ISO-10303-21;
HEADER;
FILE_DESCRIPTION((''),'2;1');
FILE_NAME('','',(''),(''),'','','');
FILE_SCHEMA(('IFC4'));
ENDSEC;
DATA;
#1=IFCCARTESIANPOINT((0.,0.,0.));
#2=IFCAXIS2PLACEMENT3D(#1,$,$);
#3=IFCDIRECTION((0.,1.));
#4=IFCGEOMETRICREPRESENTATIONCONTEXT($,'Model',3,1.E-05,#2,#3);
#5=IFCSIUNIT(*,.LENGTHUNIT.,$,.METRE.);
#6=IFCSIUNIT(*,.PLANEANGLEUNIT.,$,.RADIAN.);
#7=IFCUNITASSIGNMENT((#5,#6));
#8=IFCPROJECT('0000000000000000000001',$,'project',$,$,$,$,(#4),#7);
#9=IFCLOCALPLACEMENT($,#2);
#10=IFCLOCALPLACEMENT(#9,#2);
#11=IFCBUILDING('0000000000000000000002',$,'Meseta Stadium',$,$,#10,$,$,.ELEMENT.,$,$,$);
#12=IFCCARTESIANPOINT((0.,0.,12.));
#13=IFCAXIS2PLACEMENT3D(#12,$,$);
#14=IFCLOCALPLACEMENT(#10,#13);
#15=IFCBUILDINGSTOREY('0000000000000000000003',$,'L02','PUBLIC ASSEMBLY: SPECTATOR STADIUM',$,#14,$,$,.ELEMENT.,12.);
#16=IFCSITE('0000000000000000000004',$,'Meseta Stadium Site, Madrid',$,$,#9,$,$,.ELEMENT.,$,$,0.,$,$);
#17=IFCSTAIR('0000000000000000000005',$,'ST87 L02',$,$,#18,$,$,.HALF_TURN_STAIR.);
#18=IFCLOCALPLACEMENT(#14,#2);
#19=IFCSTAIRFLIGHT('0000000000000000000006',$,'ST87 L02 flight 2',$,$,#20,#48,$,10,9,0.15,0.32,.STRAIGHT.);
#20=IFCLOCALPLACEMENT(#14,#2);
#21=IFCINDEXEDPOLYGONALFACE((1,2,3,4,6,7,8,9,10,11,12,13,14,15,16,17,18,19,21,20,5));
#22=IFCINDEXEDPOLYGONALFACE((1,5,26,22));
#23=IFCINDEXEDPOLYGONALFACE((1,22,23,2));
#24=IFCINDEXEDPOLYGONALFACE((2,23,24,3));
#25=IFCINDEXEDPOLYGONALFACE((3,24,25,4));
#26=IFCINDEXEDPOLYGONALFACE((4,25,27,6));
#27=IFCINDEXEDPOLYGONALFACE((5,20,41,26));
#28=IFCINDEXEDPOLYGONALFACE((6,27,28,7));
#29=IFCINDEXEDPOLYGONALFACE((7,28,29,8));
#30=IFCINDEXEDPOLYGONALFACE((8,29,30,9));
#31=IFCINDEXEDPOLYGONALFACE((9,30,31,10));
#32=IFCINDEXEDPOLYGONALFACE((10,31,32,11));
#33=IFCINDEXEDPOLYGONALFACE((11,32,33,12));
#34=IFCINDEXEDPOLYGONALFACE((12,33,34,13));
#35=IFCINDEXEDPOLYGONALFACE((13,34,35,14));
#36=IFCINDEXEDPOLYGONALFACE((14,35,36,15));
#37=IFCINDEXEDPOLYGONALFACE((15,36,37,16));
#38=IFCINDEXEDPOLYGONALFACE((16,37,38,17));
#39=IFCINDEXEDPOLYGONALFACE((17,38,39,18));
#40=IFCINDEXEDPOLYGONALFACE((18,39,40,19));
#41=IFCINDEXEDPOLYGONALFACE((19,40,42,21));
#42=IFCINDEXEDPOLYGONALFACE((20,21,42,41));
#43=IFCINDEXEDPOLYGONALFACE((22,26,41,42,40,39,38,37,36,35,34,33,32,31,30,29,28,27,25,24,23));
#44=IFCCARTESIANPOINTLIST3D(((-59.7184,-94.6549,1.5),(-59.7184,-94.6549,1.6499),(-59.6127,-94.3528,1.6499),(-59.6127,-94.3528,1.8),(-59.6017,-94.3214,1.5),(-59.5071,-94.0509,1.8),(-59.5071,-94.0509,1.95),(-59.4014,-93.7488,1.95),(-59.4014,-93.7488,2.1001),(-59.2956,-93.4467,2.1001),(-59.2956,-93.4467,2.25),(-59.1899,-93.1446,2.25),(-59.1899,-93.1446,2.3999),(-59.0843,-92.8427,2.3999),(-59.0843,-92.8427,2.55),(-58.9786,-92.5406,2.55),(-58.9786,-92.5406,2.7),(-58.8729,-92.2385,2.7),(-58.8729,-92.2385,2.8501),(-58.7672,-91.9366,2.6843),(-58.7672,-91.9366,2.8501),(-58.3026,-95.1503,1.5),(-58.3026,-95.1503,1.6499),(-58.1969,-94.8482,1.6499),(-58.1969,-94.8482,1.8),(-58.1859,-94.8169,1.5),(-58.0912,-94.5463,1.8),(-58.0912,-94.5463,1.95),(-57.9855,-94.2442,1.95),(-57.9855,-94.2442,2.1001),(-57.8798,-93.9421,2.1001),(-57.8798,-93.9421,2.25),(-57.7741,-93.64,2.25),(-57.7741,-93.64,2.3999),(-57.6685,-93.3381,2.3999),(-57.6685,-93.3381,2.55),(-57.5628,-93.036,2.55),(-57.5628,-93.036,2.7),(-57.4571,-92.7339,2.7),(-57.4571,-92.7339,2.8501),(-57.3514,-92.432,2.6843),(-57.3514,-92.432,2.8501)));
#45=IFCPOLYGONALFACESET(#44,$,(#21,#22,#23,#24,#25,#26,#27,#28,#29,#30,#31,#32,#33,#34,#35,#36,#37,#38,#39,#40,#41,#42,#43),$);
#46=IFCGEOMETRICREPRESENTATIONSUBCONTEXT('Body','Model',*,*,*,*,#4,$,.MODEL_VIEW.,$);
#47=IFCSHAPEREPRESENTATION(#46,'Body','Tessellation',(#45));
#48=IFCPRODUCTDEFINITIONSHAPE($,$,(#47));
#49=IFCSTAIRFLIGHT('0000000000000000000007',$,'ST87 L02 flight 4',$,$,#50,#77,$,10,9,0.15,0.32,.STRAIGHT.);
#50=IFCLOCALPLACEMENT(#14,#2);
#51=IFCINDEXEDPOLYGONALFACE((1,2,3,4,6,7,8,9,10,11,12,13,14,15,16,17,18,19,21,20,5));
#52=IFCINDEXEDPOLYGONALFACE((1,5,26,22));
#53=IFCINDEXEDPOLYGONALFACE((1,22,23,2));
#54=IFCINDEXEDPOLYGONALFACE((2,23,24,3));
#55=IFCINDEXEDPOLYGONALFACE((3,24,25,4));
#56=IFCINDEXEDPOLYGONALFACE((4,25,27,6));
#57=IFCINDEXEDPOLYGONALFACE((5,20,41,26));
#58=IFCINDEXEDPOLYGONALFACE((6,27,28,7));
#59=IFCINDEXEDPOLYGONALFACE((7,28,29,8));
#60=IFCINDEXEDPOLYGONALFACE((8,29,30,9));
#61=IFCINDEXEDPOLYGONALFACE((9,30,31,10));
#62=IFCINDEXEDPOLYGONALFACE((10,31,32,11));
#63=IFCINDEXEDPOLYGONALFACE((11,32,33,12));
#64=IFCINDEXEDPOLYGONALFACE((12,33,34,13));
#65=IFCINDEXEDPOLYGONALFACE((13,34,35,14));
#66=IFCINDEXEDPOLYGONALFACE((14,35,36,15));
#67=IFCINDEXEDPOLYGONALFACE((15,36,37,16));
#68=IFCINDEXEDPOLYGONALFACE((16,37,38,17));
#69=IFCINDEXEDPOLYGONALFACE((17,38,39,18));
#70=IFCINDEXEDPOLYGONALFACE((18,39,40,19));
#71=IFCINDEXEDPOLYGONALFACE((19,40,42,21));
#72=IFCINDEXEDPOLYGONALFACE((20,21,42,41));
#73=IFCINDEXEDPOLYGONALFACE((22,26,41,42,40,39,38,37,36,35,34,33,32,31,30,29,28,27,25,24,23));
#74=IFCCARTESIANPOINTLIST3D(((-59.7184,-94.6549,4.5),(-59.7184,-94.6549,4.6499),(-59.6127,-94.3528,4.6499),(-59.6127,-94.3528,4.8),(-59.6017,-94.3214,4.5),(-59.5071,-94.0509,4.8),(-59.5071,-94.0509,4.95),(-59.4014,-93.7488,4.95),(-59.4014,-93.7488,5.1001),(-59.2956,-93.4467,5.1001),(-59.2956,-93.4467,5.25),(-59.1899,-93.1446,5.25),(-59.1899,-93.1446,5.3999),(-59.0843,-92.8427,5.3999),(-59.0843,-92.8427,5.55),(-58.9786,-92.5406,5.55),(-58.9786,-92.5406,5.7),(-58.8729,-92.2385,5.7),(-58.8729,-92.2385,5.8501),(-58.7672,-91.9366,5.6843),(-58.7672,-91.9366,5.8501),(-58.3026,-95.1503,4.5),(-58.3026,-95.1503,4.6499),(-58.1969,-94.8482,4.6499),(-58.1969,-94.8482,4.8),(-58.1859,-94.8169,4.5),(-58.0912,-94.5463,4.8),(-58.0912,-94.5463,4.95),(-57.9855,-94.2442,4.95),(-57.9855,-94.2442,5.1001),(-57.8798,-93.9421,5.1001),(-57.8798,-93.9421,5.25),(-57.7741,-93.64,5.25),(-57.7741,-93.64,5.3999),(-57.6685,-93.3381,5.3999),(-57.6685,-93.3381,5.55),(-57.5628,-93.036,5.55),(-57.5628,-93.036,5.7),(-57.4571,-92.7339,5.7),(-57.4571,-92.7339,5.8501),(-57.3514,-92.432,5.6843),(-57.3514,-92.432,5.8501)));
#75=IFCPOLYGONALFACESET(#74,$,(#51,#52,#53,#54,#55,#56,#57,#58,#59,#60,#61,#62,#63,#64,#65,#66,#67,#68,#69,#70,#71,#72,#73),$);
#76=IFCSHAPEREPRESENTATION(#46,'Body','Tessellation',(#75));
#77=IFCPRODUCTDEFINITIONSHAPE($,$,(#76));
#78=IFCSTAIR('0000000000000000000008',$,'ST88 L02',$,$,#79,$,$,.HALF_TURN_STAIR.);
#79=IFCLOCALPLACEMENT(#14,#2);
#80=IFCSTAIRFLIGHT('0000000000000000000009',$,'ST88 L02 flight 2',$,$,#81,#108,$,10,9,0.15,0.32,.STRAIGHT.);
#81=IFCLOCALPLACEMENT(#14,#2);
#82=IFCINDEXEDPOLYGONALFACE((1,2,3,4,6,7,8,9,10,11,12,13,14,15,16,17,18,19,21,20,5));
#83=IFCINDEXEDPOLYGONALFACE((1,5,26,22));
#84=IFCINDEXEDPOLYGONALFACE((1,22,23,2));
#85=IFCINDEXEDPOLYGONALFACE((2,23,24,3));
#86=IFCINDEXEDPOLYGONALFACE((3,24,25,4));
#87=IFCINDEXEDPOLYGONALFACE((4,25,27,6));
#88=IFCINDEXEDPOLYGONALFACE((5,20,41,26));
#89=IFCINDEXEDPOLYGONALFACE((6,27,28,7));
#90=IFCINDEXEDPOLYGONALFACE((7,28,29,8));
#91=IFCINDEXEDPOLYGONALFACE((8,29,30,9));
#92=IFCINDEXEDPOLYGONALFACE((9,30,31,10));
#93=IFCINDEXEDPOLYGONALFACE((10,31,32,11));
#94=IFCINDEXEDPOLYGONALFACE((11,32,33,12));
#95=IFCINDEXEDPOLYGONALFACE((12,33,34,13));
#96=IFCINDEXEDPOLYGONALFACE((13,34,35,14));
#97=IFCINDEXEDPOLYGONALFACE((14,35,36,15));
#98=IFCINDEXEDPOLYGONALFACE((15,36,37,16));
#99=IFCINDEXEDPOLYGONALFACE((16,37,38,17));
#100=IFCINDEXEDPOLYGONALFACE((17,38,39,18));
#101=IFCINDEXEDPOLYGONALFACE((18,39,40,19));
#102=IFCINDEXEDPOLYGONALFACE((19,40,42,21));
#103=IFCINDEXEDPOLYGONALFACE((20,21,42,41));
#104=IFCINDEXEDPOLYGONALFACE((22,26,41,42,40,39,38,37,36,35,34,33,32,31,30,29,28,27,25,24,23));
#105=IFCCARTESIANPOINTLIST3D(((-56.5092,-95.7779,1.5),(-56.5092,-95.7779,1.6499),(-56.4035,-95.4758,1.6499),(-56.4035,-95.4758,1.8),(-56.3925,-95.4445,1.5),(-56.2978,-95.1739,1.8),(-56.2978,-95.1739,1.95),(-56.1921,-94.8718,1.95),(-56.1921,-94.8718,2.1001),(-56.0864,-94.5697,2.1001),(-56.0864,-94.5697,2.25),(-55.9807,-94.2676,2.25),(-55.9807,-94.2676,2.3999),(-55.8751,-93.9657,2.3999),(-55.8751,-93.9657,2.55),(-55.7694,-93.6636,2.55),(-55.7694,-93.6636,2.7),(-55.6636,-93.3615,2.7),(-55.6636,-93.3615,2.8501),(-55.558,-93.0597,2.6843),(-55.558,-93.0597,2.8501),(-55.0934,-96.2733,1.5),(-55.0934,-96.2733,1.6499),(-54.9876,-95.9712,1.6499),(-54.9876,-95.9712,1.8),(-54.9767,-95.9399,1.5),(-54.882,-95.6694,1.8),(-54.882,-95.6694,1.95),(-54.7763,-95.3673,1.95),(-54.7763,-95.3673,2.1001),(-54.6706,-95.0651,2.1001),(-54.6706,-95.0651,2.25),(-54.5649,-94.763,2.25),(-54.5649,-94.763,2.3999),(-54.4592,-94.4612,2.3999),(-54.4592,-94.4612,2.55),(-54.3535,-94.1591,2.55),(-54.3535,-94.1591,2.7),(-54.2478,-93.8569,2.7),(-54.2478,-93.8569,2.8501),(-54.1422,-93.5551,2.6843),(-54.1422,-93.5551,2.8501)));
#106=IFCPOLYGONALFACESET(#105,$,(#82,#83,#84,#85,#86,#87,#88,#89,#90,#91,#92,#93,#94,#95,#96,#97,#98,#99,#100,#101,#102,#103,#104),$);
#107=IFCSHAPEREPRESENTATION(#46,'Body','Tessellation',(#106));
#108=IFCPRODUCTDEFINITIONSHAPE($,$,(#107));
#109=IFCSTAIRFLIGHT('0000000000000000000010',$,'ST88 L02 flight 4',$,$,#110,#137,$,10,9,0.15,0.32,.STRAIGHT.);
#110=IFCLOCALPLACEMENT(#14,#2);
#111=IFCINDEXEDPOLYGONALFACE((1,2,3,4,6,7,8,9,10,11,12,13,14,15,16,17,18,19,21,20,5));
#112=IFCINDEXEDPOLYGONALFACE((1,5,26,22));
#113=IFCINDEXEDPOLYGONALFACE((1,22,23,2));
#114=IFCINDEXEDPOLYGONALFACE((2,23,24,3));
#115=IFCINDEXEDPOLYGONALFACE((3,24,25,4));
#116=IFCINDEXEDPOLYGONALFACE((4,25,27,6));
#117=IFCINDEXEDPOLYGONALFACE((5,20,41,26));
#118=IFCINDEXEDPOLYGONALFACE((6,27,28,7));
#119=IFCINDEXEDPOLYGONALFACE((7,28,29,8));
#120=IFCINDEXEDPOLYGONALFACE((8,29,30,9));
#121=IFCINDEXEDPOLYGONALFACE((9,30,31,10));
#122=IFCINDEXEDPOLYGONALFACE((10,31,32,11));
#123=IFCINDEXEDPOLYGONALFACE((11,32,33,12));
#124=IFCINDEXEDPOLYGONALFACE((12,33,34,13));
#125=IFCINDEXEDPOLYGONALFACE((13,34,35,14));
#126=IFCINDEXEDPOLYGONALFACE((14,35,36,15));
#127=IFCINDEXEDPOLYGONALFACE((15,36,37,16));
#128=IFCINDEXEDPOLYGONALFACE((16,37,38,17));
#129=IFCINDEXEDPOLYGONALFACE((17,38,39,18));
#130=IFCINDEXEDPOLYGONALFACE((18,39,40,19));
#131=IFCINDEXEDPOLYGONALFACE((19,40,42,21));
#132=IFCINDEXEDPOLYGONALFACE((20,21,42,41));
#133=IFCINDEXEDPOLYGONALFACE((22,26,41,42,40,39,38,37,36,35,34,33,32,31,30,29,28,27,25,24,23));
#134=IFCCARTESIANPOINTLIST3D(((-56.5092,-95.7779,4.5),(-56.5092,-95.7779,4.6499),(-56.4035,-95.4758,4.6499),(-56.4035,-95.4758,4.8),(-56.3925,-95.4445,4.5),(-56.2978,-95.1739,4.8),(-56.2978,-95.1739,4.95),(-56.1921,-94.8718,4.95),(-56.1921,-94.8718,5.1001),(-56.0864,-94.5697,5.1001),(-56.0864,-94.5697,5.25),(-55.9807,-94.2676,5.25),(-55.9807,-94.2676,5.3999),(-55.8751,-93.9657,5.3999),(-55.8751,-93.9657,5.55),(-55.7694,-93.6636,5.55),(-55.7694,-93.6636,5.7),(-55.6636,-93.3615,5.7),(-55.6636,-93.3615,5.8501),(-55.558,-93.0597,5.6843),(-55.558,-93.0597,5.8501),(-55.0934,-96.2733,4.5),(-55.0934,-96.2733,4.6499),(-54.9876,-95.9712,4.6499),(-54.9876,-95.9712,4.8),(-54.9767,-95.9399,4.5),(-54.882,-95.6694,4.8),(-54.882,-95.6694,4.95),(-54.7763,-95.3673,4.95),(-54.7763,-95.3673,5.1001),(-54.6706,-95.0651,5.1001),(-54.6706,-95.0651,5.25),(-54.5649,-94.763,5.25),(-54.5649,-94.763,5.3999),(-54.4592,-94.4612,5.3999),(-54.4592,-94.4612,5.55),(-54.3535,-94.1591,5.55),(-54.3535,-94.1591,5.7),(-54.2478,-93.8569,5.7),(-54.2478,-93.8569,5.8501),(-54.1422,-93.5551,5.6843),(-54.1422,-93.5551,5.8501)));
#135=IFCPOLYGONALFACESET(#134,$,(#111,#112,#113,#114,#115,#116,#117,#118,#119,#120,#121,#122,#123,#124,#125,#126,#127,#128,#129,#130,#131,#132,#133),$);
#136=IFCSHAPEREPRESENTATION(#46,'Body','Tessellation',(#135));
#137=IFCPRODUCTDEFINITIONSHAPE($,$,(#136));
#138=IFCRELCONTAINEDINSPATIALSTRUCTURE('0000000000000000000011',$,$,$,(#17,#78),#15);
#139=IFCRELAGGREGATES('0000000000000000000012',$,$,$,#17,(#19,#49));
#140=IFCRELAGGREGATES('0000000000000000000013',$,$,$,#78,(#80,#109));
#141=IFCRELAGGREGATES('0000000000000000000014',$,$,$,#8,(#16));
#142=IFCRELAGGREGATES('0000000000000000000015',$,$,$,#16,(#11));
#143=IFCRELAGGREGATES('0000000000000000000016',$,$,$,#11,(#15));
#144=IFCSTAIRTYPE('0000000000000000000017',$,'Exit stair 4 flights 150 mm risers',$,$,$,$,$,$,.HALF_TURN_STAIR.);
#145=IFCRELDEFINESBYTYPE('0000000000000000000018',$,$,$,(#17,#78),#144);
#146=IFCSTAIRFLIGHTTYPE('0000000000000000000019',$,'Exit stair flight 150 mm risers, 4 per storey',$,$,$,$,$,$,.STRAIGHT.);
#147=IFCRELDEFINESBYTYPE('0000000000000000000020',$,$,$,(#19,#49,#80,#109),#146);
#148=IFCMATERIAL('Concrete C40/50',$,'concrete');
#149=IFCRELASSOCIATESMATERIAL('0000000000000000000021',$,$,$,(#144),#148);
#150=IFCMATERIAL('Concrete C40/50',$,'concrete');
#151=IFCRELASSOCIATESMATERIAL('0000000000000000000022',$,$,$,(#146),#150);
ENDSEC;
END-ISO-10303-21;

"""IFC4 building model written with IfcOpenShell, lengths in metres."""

from ifc_helpers import new_model, si_unit, direction, frame, origin, place, context, subcontext, project, spatial, polyline, outline, extrude, material, type_object, element, aggregate, save


model = new_model("IFC4")

# Units and contexts
model_context = context("Model", 3, precision=1e-05, world=origin(), true_north=direction((0.0, 1.0)))
body_context = subcontext(model_context, "Body", "Model", "MODEL_VIEW")
ifc_project = project(units=[si_unit("LENGTHUNIT", "METRE"), si_unit("PLANEANGLEUNIT", "RADIAN")], contexts=[model_context])

# Site, building, storey
site_placement = place(None, origin())
site = spatial("IfcSite", under=ifc_project, at=site_placement, Name="Meseta Stadium Site, Madrid", CompositionType="ELEMENT", RefElevation=0.0)
building_placement = place(site_placement, origin())
building = spatial("IfcBuilding", under=site, at=building_placement, Name="Meseta Stadium", CompositionType="ELEMENT")
storey_placement = place(building_placement, frame((0.0, 0.0, 12.0)))
storey = spatial("IfcBuildingStorey", under=building, at=storey_placement, Name="L02", Description="PUBLIC ASSEMBLY: SPECTATOR STADIUM", CompositionType="ELEMENT", Elevation=12.0)

# Stairs, stair flights
ifc_material_1 = material(Name="Concrete C40/50", Category="concrete")
stair_type = type_object("IfcStairType", Name="Exit stair 4 flights 150 mm risers", PredefinedType="HALF_TURN_STAIR", material=ifc_material_1)
stair_1_placement = place(storey_placement, origin())
stair_1 = element("IfcStair", 1, at=stair_1_placement, inside=storey, type_object=stair_type, Name="ST87 L02", PredefinedType="HALF_TURN_STAIR")
ifc_material_2 = material(Name="Concrete C40/50", Category="concrete")
stair_flight_type = type_object("IfcStairFlightType", Name="Exit stair flight 150 mm risers, 4 per storey", PredefinedType="STRAIGHT", material=ifc_material_2)
stair_flight_1_placement = place(storey_placement, frame((-59.0105, -94.9026, 1.5), z_axis=(0.0, 0.0, 1.0), x_axis=(0.330279, 0.943883, 0.0)))
stair_flight_1 = element("IfcStairFlight", 2, at=stair_flight_1_placement, type_object=stair_flight_type, Name="ST87 L02 flight 2", NumberOfRisers=10, NumberOfTreads=9, PredefinedType="STRAIGHT", RiserHeight=0.15, TreadLength=0.32, context=body_context, shape_type="SweptSolid", body=[
    extrude(outline(polyline([(0.0, 0.0), (0.0, 0.1499), (0.3201, 0.1499), (0.3201, 0.3), (0.6399, 0.3), (0.6399, 0.45), (0.96, 0.45), (0.96, 0.6001), (1.28, 0.6001), (1.28, 0.75), (1.6001, 0.75), (1.6001, 0.8999), (1.9199, 0.8999), (1.9199, 1.05), (2.24, 1.05), (2.24, 1.2), (2.5601, 1.2), (2.5601, 1.3501), (2.8799, 1.3501), (2.8799, 1.1843), (0.3533, 0.0), (0.0, 0.0)])), frame((0.0, 0.75, 0.0), z_axis=(0.0, -1.0, 0.0), x_axis=(1.0, 0.0, 0.0)), (0.0, 0.0, 1.0), 1.5),
])
stair_flight_2_placement = place(storey_placement, frame((-59.0105, -94.9026, 4.5), z_axis=(0.0, 0.0, 1.0), x_axis=(0.330279, 0.943883, 0.0)))
stair_flight_2 = element("IfcStairFlight", 3, at=stair_flight_2_placement, type_object=stair_flight_type, Name="ST87 L02 flight 4", NumberOfRisers=10, NumberOfTreads=9, PredefinedType="STRAIGHT", RiserHeight=0.15, TreadLength=0.32, context=body_context, shape_type="SweptSolid", body=[
    extrude(outline(polyline([(0.0, 0.0), (0.0, 0.1499), (0.3201, 0.1499), (0.3201, 0.3), (0.6399, 0.3), (0.6399, 0.45), (0.96, 0.45), (0.96, 0.6001), (1.28, 0.6001), (1.28, 0.75), (1.6001, 0.75), (1.6001, 0.8999), (1.9199, 0.8999), (1.9199, 1.05), (2.24, 1.05), (2.24, 1.2), (2.5601, 1.2), (2.5601, 1.3501), (2.8799, 1.3501), (2.8799, 1.1843), (0.3533, 0.0), (0.0, 0.0)])), frame((0.0, 0.75, 0.0), z_axis=(0.0, -1.0, 0.0), x_axis=(1.0, 0.0, 0.0)), (0.0, 0.0, 1.0), 1.5),
])
aggregate(stair_1, [stair_flight_1, stair_flight_2])
stair_2_placement = place(storey_placement, origin())
stair_2 = element("IfcStair", 4, at=stair_2_placement, inside=storey, type_object=stair_type, Name="ST88 L02", PredefinedType="HALF_TURN_STAIR")
stair_flight_3_placement = place(storey_placement, frame((-55.8013, -96.0256, 1.5), z_axis=(0.0, 0.0, 1.0), x_axis=(0.330279, 0.943883, 0.0)))
stair_flight_3 = element("IfcStairFlight", 5, at=stair_flight_3_placement, type_object=stair_flight_type, Name="ST88 L02 flight 2", NumberOfRisers=10, NumberOfTreads=9, PredefinedType="STRAIGHT", RiserHeight=0.15, TreadLength=0.32, context=body_context, shape_type="SweptSolid", body=[
    extrude(outline(polyline([(0.0, 0.0), (0.0, 0.1499), (0.3201, 0.1499), (0.3201, 0.3), (0.6399, 0.3), (0.6399, 0.45), (0.96, 0.45), (0.96, 0.6001), (1.28, 0.6001), (1.28, 0.75), (1.6001, 0.75), (1.6001, 0.8999), (1.9199, 0.8999), (1.9199, 1.05), (2.24, 1.05), (2.24, 1.2), (2.5601, 1.2), (2.5601, 1.3501), (2.8799, 1.3501), (2.8799, 1.1843), (0.3533, 0.0), (0.0, 0.0)])), frame((0.0, 0.75, 0.0), z_axis=(0.0, -1.0, 0.0), x_axis=(1.0, 0.0, 0.0)), (0.0, 0.0, 1.0), 1.5),
])
stair_flight_4_placement = place(storey_placement, frame((-55.8013, -96.0256, 4.5), z_axis=(0.0, 0.0, 1.0), x_axis=(0.330279, 0.943883, 0.0)))
stair_flight_4 = element("IfcStairFlight", 6, at=stair_flight_4_placement, type_object=stair_flight_type, Name="ST88 L02 flight 4", NumberOfRisers=10, NumberOfTreads=9, PredefinedType="STRAIGHT", RiserHeight=0.15, TreadLength=0.32, context=body_context, shape_type="SweptSolid", body=[
    extrude(outline(polyline([(0.0, 0.0), (0.0, 0.1499), (0.3201, 0.1499), (0.3201, 0.3), (0.6399, 0.3), (0.6399, 0.45), (0.96, 0.45), (0.96, 0.6001), (1.28, 0.6001), (1.28, 0.75), (1.6001, 0.75), (1.6001, 0.8999), (1.9199, 0.8999), (1.9199, 1.05), (2.24, 1.05), (2.24, 1.2), (2.5601, 1.2), (2.5601, 1.3501), (2.8799, 1.3501), (2.8799, 1.1843), (0.3533, 0.0), (0.0, 0.0)])), frame((0.0, 0.75, 0.0), z_axis=(0.0, -1.0, 0.0), x_axis=(1.0, 0.0, 0.0)), (0.0, 0.0, 1.0), 1.5),
])
aggregate(stair_2, [stair_flight_3, stair_flight_4])

save(model, "model.ifc")
